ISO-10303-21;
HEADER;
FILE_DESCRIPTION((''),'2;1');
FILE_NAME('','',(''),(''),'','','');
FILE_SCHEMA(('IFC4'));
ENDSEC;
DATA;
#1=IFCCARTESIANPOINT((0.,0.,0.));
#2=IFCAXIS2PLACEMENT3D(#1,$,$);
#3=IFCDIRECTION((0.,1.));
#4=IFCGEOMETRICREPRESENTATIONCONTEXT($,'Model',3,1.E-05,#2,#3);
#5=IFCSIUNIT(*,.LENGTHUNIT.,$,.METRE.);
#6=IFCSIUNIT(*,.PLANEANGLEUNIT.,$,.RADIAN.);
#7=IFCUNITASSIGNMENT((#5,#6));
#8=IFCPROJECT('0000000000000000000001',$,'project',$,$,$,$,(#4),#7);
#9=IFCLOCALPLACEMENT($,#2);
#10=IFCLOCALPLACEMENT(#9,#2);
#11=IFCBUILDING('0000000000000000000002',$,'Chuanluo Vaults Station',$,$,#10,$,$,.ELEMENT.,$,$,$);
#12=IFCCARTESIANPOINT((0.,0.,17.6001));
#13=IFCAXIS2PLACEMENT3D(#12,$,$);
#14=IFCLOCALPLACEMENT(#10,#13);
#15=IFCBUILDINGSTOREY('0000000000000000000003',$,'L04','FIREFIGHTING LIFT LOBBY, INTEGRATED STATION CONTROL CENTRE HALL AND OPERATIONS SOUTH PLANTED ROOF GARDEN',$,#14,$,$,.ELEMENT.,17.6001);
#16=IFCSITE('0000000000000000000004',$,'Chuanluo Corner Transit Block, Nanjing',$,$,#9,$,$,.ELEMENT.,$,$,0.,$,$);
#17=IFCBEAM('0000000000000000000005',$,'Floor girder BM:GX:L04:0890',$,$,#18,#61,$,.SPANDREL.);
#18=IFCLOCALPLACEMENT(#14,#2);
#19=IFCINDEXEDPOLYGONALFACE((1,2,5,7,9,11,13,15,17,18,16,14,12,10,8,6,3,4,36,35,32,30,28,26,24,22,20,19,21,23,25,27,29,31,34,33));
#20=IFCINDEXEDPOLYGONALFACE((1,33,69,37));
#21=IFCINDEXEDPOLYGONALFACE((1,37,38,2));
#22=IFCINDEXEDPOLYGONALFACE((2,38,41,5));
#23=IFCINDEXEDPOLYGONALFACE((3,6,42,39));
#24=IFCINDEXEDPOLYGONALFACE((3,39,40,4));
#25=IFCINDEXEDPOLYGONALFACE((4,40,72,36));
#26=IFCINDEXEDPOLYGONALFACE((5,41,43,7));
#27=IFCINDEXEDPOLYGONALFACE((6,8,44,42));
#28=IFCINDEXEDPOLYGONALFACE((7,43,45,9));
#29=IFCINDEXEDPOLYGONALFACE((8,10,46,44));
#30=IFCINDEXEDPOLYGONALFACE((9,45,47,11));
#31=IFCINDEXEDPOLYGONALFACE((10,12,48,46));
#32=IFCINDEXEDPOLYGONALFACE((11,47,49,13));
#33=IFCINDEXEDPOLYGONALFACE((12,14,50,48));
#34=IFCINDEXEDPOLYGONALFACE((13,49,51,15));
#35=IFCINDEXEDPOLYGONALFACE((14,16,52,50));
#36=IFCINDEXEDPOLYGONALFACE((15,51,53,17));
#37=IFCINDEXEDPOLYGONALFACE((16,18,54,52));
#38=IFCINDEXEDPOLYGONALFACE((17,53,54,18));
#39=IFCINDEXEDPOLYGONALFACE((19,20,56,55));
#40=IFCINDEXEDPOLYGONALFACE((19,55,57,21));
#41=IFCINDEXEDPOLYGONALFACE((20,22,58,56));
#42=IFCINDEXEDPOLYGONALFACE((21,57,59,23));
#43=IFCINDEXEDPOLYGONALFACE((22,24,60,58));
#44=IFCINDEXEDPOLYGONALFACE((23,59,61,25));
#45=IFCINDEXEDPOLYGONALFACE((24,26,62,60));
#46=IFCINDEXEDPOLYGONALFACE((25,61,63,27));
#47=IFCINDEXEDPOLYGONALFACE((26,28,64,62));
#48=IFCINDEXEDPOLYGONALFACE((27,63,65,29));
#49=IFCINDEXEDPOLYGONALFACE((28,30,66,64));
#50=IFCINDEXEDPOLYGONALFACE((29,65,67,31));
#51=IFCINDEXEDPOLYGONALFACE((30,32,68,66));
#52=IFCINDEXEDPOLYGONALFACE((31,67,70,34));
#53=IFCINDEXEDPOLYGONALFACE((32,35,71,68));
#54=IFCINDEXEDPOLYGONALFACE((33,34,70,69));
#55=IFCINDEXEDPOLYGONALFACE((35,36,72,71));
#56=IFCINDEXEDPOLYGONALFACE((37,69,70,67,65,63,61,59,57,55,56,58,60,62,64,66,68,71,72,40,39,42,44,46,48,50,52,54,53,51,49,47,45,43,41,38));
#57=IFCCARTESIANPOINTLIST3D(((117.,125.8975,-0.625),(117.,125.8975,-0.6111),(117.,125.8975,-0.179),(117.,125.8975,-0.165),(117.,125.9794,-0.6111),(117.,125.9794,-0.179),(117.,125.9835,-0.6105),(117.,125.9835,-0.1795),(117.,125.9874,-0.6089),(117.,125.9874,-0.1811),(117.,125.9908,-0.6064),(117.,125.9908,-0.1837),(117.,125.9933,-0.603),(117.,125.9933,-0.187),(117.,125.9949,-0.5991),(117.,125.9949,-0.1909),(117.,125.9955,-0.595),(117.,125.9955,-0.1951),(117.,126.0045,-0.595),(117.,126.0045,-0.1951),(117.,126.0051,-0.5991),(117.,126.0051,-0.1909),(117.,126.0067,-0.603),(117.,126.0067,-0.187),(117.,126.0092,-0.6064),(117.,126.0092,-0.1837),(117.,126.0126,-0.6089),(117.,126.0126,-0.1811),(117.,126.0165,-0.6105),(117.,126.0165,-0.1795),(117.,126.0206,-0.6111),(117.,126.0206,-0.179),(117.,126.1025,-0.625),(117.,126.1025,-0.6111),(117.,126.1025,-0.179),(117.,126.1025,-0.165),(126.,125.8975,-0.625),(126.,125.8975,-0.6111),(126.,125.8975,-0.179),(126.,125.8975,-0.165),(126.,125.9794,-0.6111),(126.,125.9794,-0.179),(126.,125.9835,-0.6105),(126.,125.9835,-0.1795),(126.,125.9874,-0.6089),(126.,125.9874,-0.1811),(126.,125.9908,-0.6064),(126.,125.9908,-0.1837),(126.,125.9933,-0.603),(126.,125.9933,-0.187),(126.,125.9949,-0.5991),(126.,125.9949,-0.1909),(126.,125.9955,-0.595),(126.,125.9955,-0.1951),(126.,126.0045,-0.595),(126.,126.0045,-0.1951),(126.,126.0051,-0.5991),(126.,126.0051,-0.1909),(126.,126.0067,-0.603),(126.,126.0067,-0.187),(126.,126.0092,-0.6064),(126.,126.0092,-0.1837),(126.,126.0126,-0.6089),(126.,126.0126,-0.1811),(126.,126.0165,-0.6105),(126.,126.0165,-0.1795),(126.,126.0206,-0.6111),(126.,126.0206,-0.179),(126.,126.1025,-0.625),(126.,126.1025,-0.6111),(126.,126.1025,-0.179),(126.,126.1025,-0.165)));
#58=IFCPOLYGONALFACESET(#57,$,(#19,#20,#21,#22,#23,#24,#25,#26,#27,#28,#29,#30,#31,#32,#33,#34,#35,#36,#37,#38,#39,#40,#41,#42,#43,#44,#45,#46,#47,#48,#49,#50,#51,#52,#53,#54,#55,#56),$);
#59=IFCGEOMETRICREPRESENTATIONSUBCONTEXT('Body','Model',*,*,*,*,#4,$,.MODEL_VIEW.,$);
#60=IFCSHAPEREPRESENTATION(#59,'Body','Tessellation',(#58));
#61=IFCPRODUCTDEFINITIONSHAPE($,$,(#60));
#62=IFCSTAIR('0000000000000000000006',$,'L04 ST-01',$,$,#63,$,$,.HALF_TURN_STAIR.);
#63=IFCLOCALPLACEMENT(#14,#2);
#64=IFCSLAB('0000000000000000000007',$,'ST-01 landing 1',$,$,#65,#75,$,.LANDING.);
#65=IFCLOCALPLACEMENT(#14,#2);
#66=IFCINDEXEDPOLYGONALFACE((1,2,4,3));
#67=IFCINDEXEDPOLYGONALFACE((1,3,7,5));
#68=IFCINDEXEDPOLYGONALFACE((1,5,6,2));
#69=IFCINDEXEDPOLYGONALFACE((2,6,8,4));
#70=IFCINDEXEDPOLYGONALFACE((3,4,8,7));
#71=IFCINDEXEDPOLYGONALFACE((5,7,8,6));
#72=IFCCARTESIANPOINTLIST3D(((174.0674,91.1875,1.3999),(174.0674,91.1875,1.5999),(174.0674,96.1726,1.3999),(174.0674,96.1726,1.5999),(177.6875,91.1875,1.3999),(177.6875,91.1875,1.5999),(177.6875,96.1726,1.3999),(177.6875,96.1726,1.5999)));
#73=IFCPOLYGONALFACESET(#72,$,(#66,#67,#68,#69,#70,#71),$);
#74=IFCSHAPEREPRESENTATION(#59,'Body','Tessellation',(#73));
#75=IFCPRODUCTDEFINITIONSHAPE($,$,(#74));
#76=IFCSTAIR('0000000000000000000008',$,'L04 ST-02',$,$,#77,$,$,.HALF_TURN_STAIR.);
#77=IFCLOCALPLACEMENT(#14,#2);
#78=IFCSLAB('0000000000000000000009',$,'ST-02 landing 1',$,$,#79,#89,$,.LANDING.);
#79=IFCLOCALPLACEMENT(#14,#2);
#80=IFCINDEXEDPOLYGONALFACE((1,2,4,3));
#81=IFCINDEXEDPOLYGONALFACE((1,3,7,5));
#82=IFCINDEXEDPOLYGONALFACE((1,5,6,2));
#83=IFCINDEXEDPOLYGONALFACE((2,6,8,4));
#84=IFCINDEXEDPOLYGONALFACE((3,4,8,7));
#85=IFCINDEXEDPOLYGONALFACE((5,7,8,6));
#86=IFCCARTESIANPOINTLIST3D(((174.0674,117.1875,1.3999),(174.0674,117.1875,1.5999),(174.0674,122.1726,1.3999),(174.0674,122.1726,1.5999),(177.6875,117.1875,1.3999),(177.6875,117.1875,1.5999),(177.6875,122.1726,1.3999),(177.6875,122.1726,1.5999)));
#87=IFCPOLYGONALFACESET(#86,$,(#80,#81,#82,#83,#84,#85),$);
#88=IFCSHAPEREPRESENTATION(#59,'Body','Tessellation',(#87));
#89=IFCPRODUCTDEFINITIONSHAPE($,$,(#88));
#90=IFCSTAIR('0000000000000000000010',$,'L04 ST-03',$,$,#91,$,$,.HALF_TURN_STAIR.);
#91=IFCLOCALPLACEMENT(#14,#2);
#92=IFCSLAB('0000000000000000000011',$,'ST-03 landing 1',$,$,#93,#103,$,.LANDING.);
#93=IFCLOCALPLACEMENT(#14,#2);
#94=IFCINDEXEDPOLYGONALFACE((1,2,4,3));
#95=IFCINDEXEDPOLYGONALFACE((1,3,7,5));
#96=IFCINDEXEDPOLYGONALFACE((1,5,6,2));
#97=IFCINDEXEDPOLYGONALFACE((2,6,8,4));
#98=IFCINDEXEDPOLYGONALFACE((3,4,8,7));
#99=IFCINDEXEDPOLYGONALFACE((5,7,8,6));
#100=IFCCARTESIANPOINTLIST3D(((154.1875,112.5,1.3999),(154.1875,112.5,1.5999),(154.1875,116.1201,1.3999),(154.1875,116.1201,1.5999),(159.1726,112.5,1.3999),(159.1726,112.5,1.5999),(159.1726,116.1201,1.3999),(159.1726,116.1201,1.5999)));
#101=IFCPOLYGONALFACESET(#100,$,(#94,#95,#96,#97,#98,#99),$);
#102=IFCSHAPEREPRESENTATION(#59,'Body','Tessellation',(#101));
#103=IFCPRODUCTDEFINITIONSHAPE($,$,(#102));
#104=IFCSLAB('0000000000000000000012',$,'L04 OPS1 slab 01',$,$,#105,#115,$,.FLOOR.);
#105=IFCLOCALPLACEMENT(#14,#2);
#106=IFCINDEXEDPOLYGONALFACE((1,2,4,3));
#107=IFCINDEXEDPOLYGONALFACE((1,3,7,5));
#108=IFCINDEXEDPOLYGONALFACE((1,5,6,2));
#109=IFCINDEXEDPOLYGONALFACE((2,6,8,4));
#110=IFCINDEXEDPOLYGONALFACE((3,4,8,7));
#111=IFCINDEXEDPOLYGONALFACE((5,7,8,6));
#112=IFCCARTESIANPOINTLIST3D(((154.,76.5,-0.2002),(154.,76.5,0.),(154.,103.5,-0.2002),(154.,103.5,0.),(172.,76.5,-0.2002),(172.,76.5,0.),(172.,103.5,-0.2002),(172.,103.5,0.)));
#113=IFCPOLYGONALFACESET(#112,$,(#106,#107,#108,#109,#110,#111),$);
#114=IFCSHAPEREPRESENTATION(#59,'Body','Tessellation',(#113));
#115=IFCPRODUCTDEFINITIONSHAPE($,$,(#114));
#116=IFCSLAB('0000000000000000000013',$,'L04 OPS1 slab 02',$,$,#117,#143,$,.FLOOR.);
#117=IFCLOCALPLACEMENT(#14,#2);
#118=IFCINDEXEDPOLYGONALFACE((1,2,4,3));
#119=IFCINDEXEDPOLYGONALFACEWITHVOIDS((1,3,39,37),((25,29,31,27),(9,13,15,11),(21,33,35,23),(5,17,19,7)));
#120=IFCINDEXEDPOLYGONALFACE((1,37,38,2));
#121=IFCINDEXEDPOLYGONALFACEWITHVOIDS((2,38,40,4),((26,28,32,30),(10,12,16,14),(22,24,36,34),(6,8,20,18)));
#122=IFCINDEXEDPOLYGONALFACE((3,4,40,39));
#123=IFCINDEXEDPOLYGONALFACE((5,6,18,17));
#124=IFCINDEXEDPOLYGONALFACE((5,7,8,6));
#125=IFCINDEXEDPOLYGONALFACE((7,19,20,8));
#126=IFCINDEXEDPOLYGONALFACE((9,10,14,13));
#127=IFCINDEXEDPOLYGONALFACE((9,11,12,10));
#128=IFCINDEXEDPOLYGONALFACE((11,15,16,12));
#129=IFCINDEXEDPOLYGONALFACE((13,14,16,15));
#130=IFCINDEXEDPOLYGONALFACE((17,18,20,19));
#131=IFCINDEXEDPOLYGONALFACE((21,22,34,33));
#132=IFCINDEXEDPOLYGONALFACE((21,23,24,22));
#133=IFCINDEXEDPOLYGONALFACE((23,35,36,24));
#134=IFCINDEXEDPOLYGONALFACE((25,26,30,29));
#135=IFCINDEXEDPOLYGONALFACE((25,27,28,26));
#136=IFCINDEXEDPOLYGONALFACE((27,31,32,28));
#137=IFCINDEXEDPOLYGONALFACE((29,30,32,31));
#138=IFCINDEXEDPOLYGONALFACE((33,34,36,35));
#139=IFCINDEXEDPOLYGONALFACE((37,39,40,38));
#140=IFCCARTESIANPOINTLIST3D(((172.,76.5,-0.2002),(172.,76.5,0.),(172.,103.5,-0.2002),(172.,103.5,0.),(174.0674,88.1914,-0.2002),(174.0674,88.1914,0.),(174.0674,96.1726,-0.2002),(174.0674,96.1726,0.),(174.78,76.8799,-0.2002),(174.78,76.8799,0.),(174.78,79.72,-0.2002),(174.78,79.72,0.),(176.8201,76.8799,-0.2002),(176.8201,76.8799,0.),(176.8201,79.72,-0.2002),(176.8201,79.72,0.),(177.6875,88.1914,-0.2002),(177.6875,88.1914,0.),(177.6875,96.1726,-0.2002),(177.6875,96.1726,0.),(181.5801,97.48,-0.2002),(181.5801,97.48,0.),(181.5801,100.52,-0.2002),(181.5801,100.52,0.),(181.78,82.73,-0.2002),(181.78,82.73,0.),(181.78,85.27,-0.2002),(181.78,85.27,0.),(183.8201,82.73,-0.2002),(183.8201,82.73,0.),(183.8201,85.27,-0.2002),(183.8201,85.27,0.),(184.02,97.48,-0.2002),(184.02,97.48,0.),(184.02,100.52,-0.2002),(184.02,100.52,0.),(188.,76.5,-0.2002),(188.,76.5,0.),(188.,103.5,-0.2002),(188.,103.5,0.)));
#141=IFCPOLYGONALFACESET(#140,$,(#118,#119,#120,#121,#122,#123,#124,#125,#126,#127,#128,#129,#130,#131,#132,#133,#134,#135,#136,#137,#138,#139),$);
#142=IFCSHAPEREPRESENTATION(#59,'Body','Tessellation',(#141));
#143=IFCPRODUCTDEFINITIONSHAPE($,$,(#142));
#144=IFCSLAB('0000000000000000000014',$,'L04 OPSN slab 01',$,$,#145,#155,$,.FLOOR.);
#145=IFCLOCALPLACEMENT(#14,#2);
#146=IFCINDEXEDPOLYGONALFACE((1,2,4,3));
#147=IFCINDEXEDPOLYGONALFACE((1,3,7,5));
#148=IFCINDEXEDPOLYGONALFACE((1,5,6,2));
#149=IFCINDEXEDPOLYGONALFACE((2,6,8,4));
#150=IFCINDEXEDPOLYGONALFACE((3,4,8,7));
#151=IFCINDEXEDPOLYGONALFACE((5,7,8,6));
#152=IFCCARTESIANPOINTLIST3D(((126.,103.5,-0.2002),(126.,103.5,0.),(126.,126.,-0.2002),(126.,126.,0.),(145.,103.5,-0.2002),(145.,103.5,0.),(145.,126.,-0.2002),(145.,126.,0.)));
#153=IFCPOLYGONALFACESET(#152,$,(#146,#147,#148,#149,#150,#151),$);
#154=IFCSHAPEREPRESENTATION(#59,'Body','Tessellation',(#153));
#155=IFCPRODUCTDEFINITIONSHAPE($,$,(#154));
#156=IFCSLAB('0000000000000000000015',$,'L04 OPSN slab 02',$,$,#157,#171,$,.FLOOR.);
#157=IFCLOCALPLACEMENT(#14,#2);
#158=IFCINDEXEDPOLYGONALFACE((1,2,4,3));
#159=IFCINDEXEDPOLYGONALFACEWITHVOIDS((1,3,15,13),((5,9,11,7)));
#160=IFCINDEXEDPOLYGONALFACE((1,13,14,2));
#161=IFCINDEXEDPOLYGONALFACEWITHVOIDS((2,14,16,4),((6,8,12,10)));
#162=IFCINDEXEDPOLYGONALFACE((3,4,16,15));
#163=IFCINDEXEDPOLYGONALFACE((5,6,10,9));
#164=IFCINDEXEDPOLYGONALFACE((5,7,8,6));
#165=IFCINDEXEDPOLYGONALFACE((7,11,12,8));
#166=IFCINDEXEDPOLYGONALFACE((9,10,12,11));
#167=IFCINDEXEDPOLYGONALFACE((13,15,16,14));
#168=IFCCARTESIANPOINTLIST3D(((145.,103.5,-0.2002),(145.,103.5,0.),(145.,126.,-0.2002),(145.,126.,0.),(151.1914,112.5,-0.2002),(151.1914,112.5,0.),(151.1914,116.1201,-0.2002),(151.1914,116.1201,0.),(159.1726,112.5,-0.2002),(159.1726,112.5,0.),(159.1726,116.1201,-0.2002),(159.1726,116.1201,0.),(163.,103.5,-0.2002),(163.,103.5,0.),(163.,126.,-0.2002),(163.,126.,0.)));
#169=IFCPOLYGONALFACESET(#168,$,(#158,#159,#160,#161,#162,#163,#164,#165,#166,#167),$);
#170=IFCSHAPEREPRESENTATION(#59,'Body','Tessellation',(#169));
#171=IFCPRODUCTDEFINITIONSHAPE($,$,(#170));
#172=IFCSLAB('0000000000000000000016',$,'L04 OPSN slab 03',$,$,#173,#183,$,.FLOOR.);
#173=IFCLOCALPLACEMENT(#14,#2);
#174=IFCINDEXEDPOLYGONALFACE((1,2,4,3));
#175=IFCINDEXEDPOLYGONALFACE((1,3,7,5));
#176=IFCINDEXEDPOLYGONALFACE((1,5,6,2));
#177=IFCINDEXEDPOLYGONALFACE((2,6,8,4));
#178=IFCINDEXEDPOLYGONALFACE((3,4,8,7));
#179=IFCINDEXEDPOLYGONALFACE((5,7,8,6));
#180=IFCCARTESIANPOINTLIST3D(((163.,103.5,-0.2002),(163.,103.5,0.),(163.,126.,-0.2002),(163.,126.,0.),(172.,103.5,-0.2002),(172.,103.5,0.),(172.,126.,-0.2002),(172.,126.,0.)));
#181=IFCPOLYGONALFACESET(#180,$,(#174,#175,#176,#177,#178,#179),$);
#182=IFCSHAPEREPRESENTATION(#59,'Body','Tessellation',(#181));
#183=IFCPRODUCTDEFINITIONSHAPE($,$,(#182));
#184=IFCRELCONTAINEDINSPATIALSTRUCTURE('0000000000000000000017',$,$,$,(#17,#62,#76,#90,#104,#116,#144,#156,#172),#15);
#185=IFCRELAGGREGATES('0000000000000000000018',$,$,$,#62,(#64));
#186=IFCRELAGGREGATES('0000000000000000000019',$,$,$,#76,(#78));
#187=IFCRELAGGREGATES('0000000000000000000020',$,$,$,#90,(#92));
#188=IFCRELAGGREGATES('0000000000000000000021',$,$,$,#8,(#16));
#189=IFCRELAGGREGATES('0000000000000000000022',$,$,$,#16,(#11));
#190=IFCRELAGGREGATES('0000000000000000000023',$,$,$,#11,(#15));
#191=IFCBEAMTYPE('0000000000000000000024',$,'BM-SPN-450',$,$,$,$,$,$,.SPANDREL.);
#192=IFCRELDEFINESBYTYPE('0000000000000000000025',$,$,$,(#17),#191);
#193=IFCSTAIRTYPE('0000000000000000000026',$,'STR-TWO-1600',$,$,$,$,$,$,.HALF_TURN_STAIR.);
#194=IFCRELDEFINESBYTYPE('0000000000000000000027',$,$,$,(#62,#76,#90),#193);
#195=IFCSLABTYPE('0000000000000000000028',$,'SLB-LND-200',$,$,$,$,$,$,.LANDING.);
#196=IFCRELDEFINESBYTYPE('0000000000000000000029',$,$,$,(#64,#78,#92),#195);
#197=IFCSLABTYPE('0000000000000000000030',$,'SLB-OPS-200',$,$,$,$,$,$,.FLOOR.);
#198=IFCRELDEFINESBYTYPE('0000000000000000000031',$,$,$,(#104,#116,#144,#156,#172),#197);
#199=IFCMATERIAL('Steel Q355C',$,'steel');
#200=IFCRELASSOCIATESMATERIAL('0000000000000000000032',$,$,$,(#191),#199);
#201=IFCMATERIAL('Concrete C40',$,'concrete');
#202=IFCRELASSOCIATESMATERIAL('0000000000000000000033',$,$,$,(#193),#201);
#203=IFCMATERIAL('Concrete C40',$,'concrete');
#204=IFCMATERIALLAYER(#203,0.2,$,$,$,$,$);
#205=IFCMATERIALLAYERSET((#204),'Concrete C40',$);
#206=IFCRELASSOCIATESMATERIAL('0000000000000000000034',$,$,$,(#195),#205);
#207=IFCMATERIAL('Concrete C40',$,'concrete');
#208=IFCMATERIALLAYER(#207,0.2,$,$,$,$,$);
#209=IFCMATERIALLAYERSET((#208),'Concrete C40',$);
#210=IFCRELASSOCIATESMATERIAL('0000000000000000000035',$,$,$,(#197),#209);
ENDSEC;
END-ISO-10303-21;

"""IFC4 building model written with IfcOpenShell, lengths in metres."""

from ifc_helpers import new_model, si_unit, direction, frame, origin, origin_2d, place, context, subcontext, project, spatial, polyline, i_section, outline, extrude, material, layer, layer_set, material_profile, profile_set, type_object, element, aggregate, save


model = new_model("IFC4")

# Units and contexts
model_context = context("Model", 3, precision=1e-05, world=origin(), true_north=direction((0.0, 1.0)))
body_context = subcontext(model_context, "Body", "Model", "MODEL_VIEW")
ifc_project = project(units=[si_unit("LENGTHUNIT", "METRE"), si_unit("PLANEANGLEUNIT", "RADIAN")], contexts=[model_context])

# Site, building, storey
site_placement = place(None, origin())
site = spatial("IfcSite", under=ifc_project, at=site_placement, Name="Chuanluo Corner Transit Block, Nanjing", CompositionType="ELEMENT", RefElevation=0.0)
building_placement = place(site_placement, origin())
building = spatial("IfcBuilding", under=site, at=building_placement, Name="Chuanluo Vaults Station", CompositionType="ELEMENT")
storey_placement = place(building_placement, frame((0.0, 0.0, 17.6001)))
storey = spatial("IfcBuildingStorey", under=building, at=storey_placement, Name="L04", Description="FIREFIGHTING LIFT LOBBY, INTEGRATED STATION CONTROL CENTRE HALL AND OPERATIONS SOUTH PLANTED ROOF GARDEN", CompositionType="ELEMENT", Elevation=17.6001)

# Beam
ifc_material_1 = material(Name="Steel Q355C", Category="steel")
ifc_material_profile_1 = material_profile(ifc_material_1, i_section(OverallWidth=0.2051, OverallDepth=0.46, WebThickness=0.009, FlangeThickness=0.0139, FilletRadius=0.0161, at=origin_2d()))
ifc_profile_set_1 = profile_set([ifc_material_profile_1], Name="Steel Q355C")
beam_type_1 = type_object("IfcBeamType", Name="BM-SPN-450", PredefinedType="SPANDREL", material=ifc_profile_set_1)
beam_1_placement = place(storey_placement, frame((117.0, 126.0, -0.395), z_axis=(1.0, 0.0, 0.0), x_axis=(0.0, 1.0, 0.0)))
element("IfcBeam", 1, at=beam_1_placement, inside=storey, type_object=beam_type_1, Name="Floor girder BM:GX:L04:0890", PredefinedType="SPANDREL", context=body_context, shape_type="SweptSolid", body=[
    extrude(i_section(OverallWidth=0.2051, OverallDepth=0.46, WebThickness=0.009, FlangeThickness=0.0139, FilletRadius=0.0161, at=origin_2d()), origin(), (0.0, 0.0, 1.0), 9.0),
])

# Stairs, slabs
ifc_material_2 = material(Name="Concrete C40", Category="concrete")
stair_type = type_object("IfcStairType", Name="STR-TWO-1600", PredefinedType="HALF_TURN_STAIR", material=ifc_material_2)
stair_1_placement = place(storey_placement, origin())
stair_1 = element("IfcStair", 2, at=stair_1_placement, inside=storey, type_object=stair_type, Name="L04 ST-01", PredefinedType="HALF_TURN_STAIR")
ifc_material_3 = material(Name="Concrete C40", Category="concrete")
ifc_layer_1 = layer(ifc_material_3, 0.2)
ifc_layer_set_1 = layer_set([ifc_layer_1], Name="Concrete C40")
slab_type_1 = type_object("IfcSlabType", Name="SLB-LND-200", PredefinedType="LANDING", material=ifc_layer_set_1)
slab_1_placement = place(storey_placement, frame((0.0, 0.0, 1.3999)))
slab_1 = element("IfcSlab", 3, at=slab_1_placement, type_object=slab_type_1, Name="ST-01 landing 1", PredefinedType="LANDING", context=body_context, shape_type="SweptSolid", body=[
    extrude(outline(polyline([(177.6875, 91.1875), (177.6875, 96.1726), (174.0674, 96.1726), (174.0674, 91.1875), (177.6875, 91.1875)])), origin(), (0.0, 0.0, 1.0), 0.2),
])
aggregate(stair_1, [slab_1])
stair_2_placement = place(storey_placement, origin())
stair_2 = element("IfcStair", 4, at=stair_2_placement, inside=storey, type_object=stair_type, Name="L04 ST-02", PredefinedType="HALF_TURN_STAIR")
slab_2_placement = place(storey_placement, frame((0.0, 0.0, 1.3999)))
slab_2 = element("IfcSlab", 5, at=slab_2_placement, type_object=slab_type_1, Name="ST-02 landing 1", PredefinedType="LANDING", context=body_context, shape_type="SweptSolid", body=[
    extrude(outline(polyline([(177.6875, 117.1875), (177.6875, 122.1726), (174.0674, 122.1726), (174.0674, 117.1875), (177.6875, 117.1875)])), origin(), (0.0, 0.0, 1.0), 0.2),
])
aggregate(stair_2, [slab_2])
stair_3_placement = place(storey_placement, origin())
stair_3 = element("IfcStair", 6, at=stair_3_placement, inside=storey, type_object=stair_type, Name="L04 ST-03", PredefinedType="HALF_TURN_STAIR")
slab_3_placement = place(storey_placement, frame((0.0, 0.0, 1.3999)))
slab_3 = element("IfcSlab", 7, at=slab_3_placement, type_object=slab_type_1, Name="ST-03 landing 1", PredefinedType="LANDING", context=body_context, shape_type="SweptSolid", body=[
    extrude(outline(polyline([(154.1875, 112.5), (159.1726, 112.5), (159.1726, 116.1201), (154.1875, 116.1201), (154.1875, 112.5)])), origin(), (0.0, 0.0, 1.0), 0.2),
])
aggregate(stair_3, [slab_3])

# Slabs
ifc_material_4 = material(Name="Concrete C40", Category="concrete")
ifc_layer_2 = layer(ifc_material_4, 0.2)
ifc_layer_set_2 = layer_set([ifc_layer_2], Name="Concrete C40")
slab_type_2 = type_object("IfcSlabType", Name="SLB-OPS-200", PredefinedType="FLOOR", material=ifc_layer_set_2)
slab_4_placement = place(storey_placement, frame((0.0, 0.0, -0.2002)))
element("IfcSlab", 8, at=slab_4_placement, inside=storey, type_object=slab_type_2, Name="L04 OPS1 slab 01", PredefinedType="FLOOR", context=body_context, shape_type="SweptSolid", body=[
    extrude(outline(polyline([(154.0, 76.5), (172.0, 76.5), (172.0, 103.5), (154.0, 103.5), (154.0, 76.5)])), origin(), (0.0, 0.0, 1.0), 0.2002),
])
slab_5_placement = place(storey_placement, frame((0.0, 0.0, -0.2002)))
element("IfcSlab", 9, at=slab_5_placement, inside=storey, type_object=slab_type_2, Name="L04 OPS1 slab 02", PredefinedType="FLOOR", context=body_context, shape_type="SweptSolid", body=[
    extrude(outline(polyline([(172.0, 76.5), (188.0, 76.5), (188.0, 103.5), (172.0, 103.5), (172.0, 76.5)]), holes=[polyline([(177.6875, 88.1914), (177.6875, 96.1726), (174.0674, 96.1726), (174.0674, 88.1914), (177.6875, 88.1914)]), polyline([(174.78, 76.8799), (176.8201, 76.8799), (176.8201, 79.72), (174.78, 79.72), (174.78, 76.8799)]), polyline([(181.78, 82.73), (183.8201, 82.73), (183.8201, 85.27), (181.78, 85.27), (181.78, 82.73)]), polyline([(181.5801, 97.48), (184.02, 97.48), (184.02, 100.52), (181.5801, 100.52), (181.5801, 97.48)])]), origin(), (0.0, 0.0, 1.0), 0.2002),
])
slab_6_placement = place(storey_placement, frame((0.0, 0.0, -0.2002)))
element("IfcSlab", 10, at=slab_6_placement, inside=storey, type_object=slab_type_2, Name="L04 OPSN slab 01", PredefinedType="FLOOR", context=body_context, shape_type="SweptSolid", body=[
    extrude(outline(polyline([(126.0, 103.5), (145.0, 103.5), (145.0, 126.0), (126.0, 126.0), (126.0, 103.5)])), origin(), (0.0, 0.0, 1.0), 0.2002),
])
slab_7_placement = place(storey_placement, frame((0.0, 0.0, -0.2002)))
element("IfcSlab", 11, at=slab_7_placement, inside=storey, type_object=slab_type_2, Name="L04 OPSN slab 02", PredefinedType="FLOOR", context=body_context, shape_type="SweptSolid", body=[
    extrude(outline(polyline([(145.0, 103.5), (163.0, 103.5), (163.0, 126.0), (145.0, 126.0), (145.0, 103.5)]), holes=[polyline([(151.1914, 112.5), (159.1726, 112.5), (159.1726, 116.1201), (151.1914, 116.1201), (151.1914, 112.5)])]), origin(), (0.0, 0.0, 1.0), 0.2002),
])
slab_8_placement = place(storey_placement, frame((0.0, 0.0, -0.2002)))
element("IfcSlab", 12, at=slab_8_placement, inside=storey, type_object=slab_type_2, Name="L04 OPSN slab 03", PredefinedType="FLOOR", context=body_context, shape_type="SweptSolid", body=[
    extrude(outline(polyline([(163.0, 103.5), (172.0, 103.5), (172.0, 126.0), (163.0, 126.0), (163.0, 103.5)])), origin(), (0.0, 0.0, 1.0), 0.2002),
])

save(model, "model.ifc")
